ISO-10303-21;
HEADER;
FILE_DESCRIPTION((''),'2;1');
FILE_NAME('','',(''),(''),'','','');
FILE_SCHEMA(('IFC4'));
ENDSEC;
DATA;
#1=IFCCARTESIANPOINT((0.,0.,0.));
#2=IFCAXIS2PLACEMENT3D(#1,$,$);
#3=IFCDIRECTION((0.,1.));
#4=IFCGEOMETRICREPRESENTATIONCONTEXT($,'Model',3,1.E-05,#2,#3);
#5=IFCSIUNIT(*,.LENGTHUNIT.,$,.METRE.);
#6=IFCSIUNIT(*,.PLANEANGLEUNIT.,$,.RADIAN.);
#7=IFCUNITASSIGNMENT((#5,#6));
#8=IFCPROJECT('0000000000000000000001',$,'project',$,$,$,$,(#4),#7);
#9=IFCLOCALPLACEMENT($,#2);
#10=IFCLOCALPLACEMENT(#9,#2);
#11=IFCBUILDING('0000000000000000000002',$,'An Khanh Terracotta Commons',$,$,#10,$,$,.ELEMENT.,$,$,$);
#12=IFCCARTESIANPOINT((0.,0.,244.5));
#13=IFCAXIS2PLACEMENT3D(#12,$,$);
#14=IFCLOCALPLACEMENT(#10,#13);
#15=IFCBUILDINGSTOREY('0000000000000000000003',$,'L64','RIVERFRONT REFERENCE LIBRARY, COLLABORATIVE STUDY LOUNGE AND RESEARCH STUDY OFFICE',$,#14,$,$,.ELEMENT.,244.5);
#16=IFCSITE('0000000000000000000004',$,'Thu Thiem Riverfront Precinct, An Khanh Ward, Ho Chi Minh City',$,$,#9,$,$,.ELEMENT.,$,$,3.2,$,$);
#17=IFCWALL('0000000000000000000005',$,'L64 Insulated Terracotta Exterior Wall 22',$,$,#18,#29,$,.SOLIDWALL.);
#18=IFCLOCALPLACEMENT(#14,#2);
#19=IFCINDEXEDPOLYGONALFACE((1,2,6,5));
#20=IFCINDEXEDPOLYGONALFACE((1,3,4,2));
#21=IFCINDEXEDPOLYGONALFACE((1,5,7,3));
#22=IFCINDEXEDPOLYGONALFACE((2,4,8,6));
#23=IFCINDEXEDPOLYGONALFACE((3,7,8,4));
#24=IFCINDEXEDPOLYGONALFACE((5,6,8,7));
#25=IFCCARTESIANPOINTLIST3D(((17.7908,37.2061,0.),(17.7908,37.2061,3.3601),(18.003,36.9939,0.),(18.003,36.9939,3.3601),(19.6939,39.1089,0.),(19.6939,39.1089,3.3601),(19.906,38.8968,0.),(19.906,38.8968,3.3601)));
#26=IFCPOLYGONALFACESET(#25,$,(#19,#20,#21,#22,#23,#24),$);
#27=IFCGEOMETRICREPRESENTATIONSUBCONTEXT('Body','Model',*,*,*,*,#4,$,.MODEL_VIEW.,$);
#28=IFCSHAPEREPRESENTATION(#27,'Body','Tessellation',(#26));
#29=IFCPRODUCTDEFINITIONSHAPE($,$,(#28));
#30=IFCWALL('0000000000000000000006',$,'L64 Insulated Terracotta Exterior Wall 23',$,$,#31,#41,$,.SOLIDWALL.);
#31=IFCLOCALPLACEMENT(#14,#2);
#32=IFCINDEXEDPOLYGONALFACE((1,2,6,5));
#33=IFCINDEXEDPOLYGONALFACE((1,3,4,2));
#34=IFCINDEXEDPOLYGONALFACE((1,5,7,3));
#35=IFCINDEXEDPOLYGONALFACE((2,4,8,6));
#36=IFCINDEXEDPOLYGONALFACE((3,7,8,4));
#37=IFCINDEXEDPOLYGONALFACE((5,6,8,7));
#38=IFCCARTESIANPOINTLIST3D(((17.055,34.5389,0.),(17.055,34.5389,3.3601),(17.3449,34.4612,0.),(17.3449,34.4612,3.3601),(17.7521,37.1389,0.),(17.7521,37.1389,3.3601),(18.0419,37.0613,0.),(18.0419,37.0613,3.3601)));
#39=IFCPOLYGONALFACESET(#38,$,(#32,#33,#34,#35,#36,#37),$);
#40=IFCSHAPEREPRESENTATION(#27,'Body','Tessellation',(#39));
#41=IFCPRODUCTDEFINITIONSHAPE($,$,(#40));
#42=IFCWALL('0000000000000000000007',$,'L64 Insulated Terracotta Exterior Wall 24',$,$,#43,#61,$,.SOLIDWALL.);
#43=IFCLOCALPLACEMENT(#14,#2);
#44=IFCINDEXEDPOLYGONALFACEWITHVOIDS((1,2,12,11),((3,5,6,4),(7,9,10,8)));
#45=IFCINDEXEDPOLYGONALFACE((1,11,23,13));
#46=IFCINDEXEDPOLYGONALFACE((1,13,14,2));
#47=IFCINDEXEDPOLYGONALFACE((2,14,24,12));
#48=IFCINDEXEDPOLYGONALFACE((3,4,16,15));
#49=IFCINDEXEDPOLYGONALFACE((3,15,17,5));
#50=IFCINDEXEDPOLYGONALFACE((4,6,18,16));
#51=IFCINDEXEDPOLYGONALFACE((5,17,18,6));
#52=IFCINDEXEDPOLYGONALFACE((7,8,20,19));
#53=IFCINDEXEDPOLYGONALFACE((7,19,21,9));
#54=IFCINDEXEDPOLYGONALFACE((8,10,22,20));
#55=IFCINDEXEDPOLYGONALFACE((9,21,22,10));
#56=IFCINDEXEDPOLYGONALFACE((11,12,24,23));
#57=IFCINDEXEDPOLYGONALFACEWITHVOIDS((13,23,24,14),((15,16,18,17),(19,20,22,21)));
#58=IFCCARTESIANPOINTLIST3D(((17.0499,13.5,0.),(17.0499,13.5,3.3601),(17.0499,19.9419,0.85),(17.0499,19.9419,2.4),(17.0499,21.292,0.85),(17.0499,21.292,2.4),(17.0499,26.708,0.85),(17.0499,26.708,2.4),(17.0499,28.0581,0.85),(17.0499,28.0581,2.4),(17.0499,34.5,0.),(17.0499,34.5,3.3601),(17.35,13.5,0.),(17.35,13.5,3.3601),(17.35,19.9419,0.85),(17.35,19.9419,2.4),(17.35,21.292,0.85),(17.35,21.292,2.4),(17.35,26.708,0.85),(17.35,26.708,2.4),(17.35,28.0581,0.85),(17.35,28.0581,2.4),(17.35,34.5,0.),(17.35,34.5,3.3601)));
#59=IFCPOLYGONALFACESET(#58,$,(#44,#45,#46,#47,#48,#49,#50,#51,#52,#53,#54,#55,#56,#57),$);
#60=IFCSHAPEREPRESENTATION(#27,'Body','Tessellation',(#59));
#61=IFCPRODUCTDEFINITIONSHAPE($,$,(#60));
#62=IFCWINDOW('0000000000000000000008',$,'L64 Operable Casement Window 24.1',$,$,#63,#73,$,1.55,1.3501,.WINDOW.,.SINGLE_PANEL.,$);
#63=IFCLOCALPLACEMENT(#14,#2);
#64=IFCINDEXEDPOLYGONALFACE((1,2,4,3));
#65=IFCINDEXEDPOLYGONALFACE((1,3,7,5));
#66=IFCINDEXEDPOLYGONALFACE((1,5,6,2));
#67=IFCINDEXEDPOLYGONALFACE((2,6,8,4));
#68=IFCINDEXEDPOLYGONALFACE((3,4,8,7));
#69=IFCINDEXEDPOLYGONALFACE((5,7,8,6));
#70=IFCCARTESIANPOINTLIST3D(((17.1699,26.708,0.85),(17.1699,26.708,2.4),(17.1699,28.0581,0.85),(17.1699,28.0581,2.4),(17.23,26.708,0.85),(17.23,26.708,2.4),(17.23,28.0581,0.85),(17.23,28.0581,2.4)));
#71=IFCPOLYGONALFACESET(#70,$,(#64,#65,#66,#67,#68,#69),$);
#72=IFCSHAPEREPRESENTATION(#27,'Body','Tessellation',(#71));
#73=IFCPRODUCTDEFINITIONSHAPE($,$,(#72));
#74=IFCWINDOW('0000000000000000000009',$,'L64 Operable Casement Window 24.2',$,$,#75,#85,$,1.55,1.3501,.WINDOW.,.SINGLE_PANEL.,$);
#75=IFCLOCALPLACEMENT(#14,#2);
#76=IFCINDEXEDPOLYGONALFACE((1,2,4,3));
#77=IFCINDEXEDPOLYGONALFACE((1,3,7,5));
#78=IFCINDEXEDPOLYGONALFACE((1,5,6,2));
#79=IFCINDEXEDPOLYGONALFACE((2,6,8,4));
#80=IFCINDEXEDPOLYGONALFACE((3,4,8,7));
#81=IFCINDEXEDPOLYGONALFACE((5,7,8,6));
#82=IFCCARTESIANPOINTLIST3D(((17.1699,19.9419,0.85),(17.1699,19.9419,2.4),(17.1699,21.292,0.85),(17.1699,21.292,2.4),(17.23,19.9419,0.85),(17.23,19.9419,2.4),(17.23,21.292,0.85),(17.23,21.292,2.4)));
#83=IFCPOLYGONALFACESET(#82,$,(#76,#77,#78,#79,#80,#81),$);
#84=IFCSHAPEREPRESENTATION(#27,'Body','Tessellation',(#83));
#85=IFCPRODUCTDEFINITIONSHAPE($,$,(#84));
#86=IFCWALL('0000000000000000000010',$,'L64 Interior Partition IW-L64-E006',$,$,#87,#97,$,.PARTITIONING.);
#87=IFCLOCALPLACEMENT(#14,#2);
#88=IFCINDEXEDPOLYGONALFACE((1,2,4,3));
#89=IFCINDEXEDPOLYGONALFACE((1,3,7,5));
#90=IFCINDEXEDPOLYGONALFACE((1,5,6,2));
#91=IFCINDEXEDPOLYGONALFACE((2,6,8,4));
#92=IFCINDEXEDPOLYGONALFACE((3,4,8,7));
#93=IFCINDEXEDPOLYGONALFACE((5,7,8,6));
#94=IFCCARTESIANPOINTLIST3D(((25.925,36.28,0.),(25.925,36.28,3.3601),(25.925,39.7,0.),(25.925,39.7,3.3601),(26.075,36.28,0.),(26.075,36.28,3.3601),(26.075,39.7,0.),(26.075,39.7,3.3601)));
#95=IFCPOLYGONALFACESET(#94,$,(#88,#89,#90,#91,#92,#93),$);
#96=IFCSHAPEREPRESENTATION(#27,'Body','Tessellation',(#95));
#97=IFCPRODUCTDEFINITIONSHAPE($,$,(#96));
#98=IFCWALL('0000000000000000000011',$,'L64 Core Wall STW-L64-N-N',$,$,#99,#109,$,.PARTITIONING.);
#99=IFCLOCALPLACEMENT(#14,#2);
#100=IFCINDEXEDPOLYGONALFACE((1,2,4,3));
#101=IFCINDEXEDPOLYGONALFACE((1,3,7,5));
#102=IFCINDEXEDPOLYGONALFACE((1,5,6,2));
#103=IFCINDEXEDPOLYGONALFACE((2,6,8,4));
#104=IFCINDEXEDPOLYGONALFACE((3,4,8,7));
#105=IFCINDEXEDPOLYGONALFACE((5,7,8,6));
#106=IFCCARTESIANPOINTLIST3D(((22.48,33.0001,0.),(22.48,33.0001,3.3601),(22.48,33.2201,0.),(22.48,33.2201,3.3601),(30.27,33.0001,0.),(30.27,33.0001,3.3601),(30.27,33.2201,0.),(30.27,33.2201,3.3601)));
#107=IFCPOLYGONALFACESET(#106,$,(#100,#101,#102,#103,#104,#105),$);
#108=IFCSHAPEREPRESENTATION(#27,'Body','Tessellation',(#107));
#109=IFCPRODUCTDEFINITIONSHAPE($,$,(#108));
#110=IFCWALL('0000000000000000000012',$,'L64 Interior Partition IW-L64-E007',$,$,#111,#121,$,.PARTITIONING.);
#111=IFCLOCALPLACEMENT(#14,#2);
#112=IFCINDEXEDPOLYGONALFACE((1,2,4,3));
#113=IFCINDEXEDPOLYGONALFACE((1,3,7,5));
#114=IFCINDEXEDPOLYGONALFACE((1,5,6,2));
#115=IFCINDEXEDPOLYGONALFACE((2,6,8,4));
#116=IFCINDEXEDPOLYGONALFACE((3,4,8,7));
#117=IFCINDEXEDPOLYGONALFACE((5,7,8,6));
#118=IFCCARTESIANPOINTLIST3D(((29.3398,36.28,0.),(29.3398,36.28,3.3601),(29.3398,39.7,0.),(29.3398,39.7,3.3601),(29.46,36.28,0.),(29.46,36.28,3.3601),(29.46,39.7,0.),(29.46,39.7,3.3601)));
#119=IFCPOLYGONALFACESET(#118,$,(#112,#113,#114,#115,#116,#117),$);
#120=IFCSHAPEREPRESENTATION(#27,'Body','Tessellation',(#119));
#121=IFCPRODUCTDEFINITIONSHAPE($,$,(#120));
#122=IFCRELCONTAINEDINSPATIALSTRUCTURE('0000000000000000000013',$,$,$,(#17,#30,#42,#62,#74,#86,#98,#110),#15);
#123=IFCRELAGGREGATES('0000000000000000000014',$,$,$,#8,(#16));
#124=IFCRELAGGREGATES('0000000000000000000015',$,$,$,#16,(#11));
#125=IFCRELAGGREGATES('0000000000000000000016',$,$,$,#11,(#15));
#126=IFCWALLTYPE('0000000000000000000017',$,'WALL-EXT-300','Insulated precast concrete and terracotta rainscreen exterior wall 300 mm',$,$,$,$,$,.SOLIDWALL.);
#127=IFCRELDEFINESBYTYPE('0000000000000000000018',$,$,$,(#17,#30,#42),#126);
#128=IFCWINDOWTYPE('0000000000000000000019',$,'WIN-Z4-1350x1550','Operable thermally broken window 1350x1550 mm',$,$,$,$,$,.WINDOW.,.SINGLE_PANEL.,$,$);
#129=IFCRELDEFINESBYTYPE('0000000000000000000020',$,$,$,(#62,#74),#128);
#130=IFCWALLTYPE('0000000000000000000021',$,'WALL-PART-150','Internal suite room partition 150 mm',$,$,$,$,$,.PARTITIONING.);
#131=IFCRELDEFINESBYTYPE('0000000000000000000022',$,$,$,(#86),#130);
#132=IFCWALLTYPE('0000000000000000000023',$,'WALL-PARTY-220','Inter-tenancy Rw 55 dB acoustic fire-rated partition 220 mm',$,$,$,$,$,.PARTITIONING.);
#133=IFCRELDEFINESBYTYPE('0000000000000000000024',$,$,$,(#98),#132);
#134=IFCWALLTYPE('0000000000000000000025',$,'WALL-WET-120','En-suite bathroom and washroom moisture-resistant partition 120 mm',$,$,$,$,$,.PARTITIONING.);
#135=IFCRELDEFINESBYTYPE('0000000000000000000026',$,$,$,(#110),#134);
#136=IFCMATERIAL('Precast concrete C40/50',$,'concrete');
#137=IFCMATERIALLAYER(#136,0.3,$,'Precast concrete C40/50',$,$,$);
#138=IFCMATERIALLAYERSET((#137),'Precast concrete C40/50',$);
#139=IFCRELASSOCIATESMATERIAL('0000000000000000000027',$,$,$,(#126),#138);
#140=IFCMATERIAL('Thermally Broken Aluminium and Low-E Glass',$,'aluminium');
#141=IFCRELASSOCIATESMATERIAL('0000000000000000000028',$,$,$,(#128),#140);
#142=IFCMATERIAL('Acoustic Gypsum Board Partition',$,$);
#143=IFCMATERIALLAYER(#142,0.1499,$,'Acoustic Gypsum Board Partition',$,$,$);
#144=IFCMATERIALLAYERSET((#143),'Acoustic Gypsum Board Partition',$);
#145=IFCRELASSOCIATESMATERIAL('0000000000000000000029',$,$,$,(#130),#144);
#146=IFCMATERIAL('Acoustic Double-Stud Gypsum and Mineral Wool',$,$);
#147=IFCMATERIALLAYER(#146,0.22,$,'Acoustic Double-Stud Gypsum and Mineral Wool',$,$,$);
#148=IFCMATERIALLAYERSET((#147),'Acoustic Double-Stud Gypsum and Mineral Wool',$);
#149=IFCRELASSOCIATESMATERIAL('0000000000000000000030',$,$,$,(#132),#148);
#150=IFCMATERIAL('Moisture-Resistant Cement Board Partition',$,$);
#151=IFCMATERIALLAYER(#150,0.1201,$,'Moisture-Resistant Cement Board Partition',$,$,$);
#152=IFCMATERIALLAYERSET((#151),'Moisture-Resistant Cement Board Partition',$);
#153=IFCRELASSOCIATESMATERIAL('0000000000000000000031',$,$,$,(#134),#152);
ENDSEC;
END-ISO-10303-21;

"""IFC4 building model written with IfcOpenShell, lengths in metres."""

from ifc_helpers import new_model, si_unit, direction, frame, frame_2d, origin, place, context, subcontext, project, spatial, rectangle, extrude, material, layer, layer_set, type_object, element, fill, save


model = new_model("IFC4")

# Units and contexts
model_context = context("Model", 3, precision=1e-05, world=origin(), true_north=direction((0.0, 1.0)))
body_context = subcontext(model_context, "Body", "Model", "MODEL_VIEW")
ifc_project = project(units=[si_unit("LENGTHUNIT", "METRE"), si_unit("PLANEANGLEUNIT", "RADIAN")], contexts=[model_context])

# Site, building, storey
site_placement = place(None, origin())
site = spatial("IfcSite", under=ifc_project, at=site_placement, Name="Thu Thiem Riverfront Precinct, An Khanh Ward, Ho Chi Minh City", CompositionType="ELEMENT", RefElevation=3.2)
building_placement = place(site_placement, origin())
building = spatial("IfcBuilding", under=site, at=building_placement, Name="An Khanh Terracotta Commons", CompositionType="ELEMENT")
storey_placement = place(building_placement, frame((0.0, 0.0, 244.5)))
storey = spatial("IfcBuildingStorey", under=building, at=storey_placement, Name="L64", Description="RIVERFRONT REFERENCE LIBRARY, COLLABORATIVE STUDY LOUNGE AND RESEARCH STUDY OFFICE", CompositionType="ELEMENT", Elevation=244.5)

# Walls
ifc_material_1 = material(Name="Precast concrete C40/50", Category="concrete")
ifc_layer_1 = layer(ifc_material_1, 0.3, Name="Precast concrete C40/50")
ifc_layer_set_1 = layer_set([ifc_layer_1], Name="Precast concrete C40/50")
wall_type_1 = type_object("IfcWallType", Name="WALL-EXT-300", Description="Insulated precast concrete and terracotta rainscreen exterior wall 300 mm", PredefinedType="SOLIDWALL", material=ifc_layer_set_1)
wall_1_placement = place(storey_placement, frame((19.8, 39.0029, 0.0), z_axis=(0.0, 0.0, 1.0), x_axis=(-0.707152, -0.707061, 0.0)))
element("IfcWall", 1, at=wall_1_placement, inside=storey, type_object=wall_type_1, Name="L64 Insulated Terracotta Exterior Wall 22", PredefinedType="SOLIDWALL", context=body_context, shape_type="SweptSolid", body=[
    extrude(rectangle(XDim=2.6912, YDim=0.3, at=frame_2d((1.3457, 0.0))), origin(), (0.0, 0.0, 1.0), 3.3601),
])
wall_2_placement = place(storey_placement, frame((17.897, 37.1001, 0.0), z_axis=(0.0, 0.0, 1.0), x_axis=(-0.258933, -0.965895, 0.0)))
element("IfcWall", 2, at=wall_2_placement, inside=storey, type_object=wall_type_1, Name="L64 Insulated Terracotta Exterior Wall 23", PredefinedType="SOLIDWALL", context=body_context, shape_type="SweptSolid", body=[
    extrude(rectangle(XDim=2.6919, YDim=0.3, at=frame_2d((1.3459, 0.0))), origin(), (0.0, 0.0, 1.0), 3.3601),
])

# Wall, openings, windows
wall_3_placement = place(storey_placement, frame((17.2, 34.5, 0.0), z_axis=(0.0, 0.0, 1.0), x_axis=(0.0, -1.0, 0.0)))
wall_3 = element("IfcWall", 3, at=wall_3_placement, inside=storey, type_object=wall_type_1, Name="L64 Insulated Terracotta Exterior Wall 24", PredefinedType="SOLIDWALL", context=body_context, shape_type="SweptSolid", body=[
    extrude(rectangle(XDim=21.0, YDim=0.3, at=frame_2d((10.5, 0.0))), origin(), (0.0, 0.0, 1.0), 3.3601),
])
opening_1_placement = place(wall_3_placement, frame((6.4419, 0.0, 0.8501)))
opening_1 = element("IfcOpeningElement", 4, at=opening_1_placement, cuts=wall_3, PredefinedType="OPENING", context=body_context, shape_type="SweptSolid", body=[
    extrude(rectangle(XDim=1.3501, YDim=1.55, at=frame_2d((0.675, 0.7749))), frame((0.0, 0.1599, 0.0), z_axis=(0.0, -1.0, 0.0), x_axis=(1.0, 0.0, 0.0)), (0.0, 0.0, 1.0), 0.3201),
])
opening_2_placement = place(wall_3_placement, frame((13.208, 0.0, 0.8501)))
opening_2 = element("IfcOpeningElement", 5, at=opening_2_placement, cuts=wall_3, PredefinedType="OPENING", context=body_context, shape_type="SweptSolid", body=[
    extrude(rectangle(XDim=1.3501, YDim=1.55, at=frame_2d((0.675, 0.7749))), frame((0.0, 0.1599, 0.0), z_axis=(0.0, -1.0, 0.0), x_axis=(1.0, 0.0, 0.0)), (0.0, 0.0, 1.0), 0.3201),
])
ifc_material_2 = material(Name="Thermally Broken Aluminium and Low-E Glass", Category="aluminium")
window_type = type_object("IfcWindowType", Name="WIN-Z4-1350x1550", Description="Operable thermally broken window 1350x1550 mm", PartitioningType="SINGLE_PANEL", PredefinedType="WINDOW", material=ifc_material_2)
window_1_placement = place(opening_1_placement, origin())
window_1 = element("IfcWindow", 6, at=window_1_placement, inside=storey, type_object=window_type, Name="L64 Operable Casement Window 24.1", OverallHeight=1.55, OverallWidth=1.3501, PartitioningType="SINGLE_PANEL", PredefinedType="WINDOW", context=body_context, shape_type="SweptSolid", body=[
    extrude(rectangle(XDim=1.3501, YDim=1.55, at=frame_2d((0.675, 0.7749))), frame((0.0, 0.03, 0.0), z_axis=(0.0, -1.0, 0.0), x_axis=(1.0, 0.0, 0.0)), (0.0, 0.0, 1.0), 0.0601),
])
fill(opening_1, window_1)
window_2_placement = place(opening_2_placement, origin())
window_2 = element("IfcWindow", 7, at=window_2_placement, inside=storey, type_object=window_type, Name="L64 Operable Casement Window 24.2", OverallHeight=1.55, OverallWidth=1.3501, PartitioningType="SINGLE_PANEL", PredefinedType="WINDOW", context=body_context, shape_type="SweptSolid", body=[
    extrude(rectangle(XDim=1.3501, YDim=1.55, at=frame_2d((0.675, 0.7749))), frame((0.0, 0.03, 0.0), z_axis=(0.0, -1.0, 0.0), x_axis=(1.0, 0.0, 0.0)), (0.0, 0.0, 1.0), 0.0601),
])
fill(opening_2, window_2)

# Walls
ifc_material_3 = material(Name="Acoustic Gypsum Board Partition")
ifc_layer_2 = layer(ifc_material_3, 0.1499, Name="Acoustic Gypsum Board Partition")
ifc_layer_set_2 = layer_set([ifc_layer_2], Name="Acoustic Gypsum Board Partition")
wall_type_2 = type_object("IfcWallType", Name="WALL-PART-150", Description="Internal suite room partition 150 mm", PredefinedType="PARTITIONING", material=ifc_layer_set_2)
wall_4_placement = place(storey_placement, frame((26.0, 36.28, 0.0), z_axis=(0.0, 0.0, 1.0), x_axis=(0.0, 1.0, 0.0)))
element("IfcWall", 8, at=wall_4_placement, inside=storey, type_object=wall_type_2, Name="L64 Interior Partition IW-L64-E006", PredefinedType="PARTITIONING", context=body_context, shape_type="SweptSolid", body=[
    extrude(rectangle(XDim=3.4199, YDim=0.1499, at=frame_2d((1.71, 0.0))), origin(), (0.0, 0.0, 1.0), 3.3601),
])
ifc_material_4 = material(Name="Acoustic Double-Stud Gypsum and Mineral Wool")
ifc_layer_3 = layer(ifc_material_4, 0.22, Name="Acoustic Double-Stud Gypsum and Mineral Wool")
ifc_layer_set_3 = layer_set([ifc_layer_3], Name="Acoustic Double-Stud Gypsum and Mineral Wool")
wall_type_3 = type_object("IfcWallType", Name="WALL-PARTY-220", Description="Inter-tenancy Rw 55 dB acoustic fire-rated partition 220 mm", PredefinedType="PARTITIONING", material=ifc_layer_set_3)
wall_5_placement = place(storey_placement, frame((22.48, 33.1101, 0.0), z_axis=(0.0, 0.0, 1.0), x_axis=(1.0, 0.0, 0.0)))
element("IfcWall", 9, at=wall_5_placement, inside=storey, type_object=wall_type_3, Name="L64 Core Wall STW-L64-N-N", PredefinedType="PARTITIONING", context=body_context, shape_type="SweptSolid", body=[
    extrude(rectangle(XDim=7.79, YDim=0.22, at=frame_2d((3.895, 0.0))), origin(), (0.0, 0.0, 1.0), 3.3601),
])
ifc_material_5 = material(Name="Moisture-Resistant Cement Board Partition")
ifc_layer_4 = layer(ifc_material_5, 0.1201, Name="Moisture-Resistant Cement Board Partition")
ifc_layer_set_4 = layer_set([ifc_layer_4], Name="Moisture-Resistant Cement Board Partition")
wall_type_4 = type_object("IfcWallType", Name="WALL-WET-120", Description="En-suite bathroom and washroom moisture-resistant partition 120 mm", PredefinedType="PARTITIONING", material=ifc_layer_set_4)
wall_6_placement = place(storey_placement, frame((29.3999, 36.28, 0.0), z_axis=(0.0, 0.0, 1.0), x_axis=(0.0, 1.0, 0.0)))
element("IfcWall", 10, at=wall_6_placement, inside=storey, type_object=wall_type_4, Name="L64 Interior Partition IW-L64-E007", PredefinedType="PARTITIONING", context=body_context, shape_type="SweptSolid", body=[
    extrude(rectangle(XDim=3.4199, YDim=0.1201, at=frame_2d((1.71, 0.0))), origin(), (0.0, 0.0, 1.0), 3.3601),
])

save(model, "model.ifc")
